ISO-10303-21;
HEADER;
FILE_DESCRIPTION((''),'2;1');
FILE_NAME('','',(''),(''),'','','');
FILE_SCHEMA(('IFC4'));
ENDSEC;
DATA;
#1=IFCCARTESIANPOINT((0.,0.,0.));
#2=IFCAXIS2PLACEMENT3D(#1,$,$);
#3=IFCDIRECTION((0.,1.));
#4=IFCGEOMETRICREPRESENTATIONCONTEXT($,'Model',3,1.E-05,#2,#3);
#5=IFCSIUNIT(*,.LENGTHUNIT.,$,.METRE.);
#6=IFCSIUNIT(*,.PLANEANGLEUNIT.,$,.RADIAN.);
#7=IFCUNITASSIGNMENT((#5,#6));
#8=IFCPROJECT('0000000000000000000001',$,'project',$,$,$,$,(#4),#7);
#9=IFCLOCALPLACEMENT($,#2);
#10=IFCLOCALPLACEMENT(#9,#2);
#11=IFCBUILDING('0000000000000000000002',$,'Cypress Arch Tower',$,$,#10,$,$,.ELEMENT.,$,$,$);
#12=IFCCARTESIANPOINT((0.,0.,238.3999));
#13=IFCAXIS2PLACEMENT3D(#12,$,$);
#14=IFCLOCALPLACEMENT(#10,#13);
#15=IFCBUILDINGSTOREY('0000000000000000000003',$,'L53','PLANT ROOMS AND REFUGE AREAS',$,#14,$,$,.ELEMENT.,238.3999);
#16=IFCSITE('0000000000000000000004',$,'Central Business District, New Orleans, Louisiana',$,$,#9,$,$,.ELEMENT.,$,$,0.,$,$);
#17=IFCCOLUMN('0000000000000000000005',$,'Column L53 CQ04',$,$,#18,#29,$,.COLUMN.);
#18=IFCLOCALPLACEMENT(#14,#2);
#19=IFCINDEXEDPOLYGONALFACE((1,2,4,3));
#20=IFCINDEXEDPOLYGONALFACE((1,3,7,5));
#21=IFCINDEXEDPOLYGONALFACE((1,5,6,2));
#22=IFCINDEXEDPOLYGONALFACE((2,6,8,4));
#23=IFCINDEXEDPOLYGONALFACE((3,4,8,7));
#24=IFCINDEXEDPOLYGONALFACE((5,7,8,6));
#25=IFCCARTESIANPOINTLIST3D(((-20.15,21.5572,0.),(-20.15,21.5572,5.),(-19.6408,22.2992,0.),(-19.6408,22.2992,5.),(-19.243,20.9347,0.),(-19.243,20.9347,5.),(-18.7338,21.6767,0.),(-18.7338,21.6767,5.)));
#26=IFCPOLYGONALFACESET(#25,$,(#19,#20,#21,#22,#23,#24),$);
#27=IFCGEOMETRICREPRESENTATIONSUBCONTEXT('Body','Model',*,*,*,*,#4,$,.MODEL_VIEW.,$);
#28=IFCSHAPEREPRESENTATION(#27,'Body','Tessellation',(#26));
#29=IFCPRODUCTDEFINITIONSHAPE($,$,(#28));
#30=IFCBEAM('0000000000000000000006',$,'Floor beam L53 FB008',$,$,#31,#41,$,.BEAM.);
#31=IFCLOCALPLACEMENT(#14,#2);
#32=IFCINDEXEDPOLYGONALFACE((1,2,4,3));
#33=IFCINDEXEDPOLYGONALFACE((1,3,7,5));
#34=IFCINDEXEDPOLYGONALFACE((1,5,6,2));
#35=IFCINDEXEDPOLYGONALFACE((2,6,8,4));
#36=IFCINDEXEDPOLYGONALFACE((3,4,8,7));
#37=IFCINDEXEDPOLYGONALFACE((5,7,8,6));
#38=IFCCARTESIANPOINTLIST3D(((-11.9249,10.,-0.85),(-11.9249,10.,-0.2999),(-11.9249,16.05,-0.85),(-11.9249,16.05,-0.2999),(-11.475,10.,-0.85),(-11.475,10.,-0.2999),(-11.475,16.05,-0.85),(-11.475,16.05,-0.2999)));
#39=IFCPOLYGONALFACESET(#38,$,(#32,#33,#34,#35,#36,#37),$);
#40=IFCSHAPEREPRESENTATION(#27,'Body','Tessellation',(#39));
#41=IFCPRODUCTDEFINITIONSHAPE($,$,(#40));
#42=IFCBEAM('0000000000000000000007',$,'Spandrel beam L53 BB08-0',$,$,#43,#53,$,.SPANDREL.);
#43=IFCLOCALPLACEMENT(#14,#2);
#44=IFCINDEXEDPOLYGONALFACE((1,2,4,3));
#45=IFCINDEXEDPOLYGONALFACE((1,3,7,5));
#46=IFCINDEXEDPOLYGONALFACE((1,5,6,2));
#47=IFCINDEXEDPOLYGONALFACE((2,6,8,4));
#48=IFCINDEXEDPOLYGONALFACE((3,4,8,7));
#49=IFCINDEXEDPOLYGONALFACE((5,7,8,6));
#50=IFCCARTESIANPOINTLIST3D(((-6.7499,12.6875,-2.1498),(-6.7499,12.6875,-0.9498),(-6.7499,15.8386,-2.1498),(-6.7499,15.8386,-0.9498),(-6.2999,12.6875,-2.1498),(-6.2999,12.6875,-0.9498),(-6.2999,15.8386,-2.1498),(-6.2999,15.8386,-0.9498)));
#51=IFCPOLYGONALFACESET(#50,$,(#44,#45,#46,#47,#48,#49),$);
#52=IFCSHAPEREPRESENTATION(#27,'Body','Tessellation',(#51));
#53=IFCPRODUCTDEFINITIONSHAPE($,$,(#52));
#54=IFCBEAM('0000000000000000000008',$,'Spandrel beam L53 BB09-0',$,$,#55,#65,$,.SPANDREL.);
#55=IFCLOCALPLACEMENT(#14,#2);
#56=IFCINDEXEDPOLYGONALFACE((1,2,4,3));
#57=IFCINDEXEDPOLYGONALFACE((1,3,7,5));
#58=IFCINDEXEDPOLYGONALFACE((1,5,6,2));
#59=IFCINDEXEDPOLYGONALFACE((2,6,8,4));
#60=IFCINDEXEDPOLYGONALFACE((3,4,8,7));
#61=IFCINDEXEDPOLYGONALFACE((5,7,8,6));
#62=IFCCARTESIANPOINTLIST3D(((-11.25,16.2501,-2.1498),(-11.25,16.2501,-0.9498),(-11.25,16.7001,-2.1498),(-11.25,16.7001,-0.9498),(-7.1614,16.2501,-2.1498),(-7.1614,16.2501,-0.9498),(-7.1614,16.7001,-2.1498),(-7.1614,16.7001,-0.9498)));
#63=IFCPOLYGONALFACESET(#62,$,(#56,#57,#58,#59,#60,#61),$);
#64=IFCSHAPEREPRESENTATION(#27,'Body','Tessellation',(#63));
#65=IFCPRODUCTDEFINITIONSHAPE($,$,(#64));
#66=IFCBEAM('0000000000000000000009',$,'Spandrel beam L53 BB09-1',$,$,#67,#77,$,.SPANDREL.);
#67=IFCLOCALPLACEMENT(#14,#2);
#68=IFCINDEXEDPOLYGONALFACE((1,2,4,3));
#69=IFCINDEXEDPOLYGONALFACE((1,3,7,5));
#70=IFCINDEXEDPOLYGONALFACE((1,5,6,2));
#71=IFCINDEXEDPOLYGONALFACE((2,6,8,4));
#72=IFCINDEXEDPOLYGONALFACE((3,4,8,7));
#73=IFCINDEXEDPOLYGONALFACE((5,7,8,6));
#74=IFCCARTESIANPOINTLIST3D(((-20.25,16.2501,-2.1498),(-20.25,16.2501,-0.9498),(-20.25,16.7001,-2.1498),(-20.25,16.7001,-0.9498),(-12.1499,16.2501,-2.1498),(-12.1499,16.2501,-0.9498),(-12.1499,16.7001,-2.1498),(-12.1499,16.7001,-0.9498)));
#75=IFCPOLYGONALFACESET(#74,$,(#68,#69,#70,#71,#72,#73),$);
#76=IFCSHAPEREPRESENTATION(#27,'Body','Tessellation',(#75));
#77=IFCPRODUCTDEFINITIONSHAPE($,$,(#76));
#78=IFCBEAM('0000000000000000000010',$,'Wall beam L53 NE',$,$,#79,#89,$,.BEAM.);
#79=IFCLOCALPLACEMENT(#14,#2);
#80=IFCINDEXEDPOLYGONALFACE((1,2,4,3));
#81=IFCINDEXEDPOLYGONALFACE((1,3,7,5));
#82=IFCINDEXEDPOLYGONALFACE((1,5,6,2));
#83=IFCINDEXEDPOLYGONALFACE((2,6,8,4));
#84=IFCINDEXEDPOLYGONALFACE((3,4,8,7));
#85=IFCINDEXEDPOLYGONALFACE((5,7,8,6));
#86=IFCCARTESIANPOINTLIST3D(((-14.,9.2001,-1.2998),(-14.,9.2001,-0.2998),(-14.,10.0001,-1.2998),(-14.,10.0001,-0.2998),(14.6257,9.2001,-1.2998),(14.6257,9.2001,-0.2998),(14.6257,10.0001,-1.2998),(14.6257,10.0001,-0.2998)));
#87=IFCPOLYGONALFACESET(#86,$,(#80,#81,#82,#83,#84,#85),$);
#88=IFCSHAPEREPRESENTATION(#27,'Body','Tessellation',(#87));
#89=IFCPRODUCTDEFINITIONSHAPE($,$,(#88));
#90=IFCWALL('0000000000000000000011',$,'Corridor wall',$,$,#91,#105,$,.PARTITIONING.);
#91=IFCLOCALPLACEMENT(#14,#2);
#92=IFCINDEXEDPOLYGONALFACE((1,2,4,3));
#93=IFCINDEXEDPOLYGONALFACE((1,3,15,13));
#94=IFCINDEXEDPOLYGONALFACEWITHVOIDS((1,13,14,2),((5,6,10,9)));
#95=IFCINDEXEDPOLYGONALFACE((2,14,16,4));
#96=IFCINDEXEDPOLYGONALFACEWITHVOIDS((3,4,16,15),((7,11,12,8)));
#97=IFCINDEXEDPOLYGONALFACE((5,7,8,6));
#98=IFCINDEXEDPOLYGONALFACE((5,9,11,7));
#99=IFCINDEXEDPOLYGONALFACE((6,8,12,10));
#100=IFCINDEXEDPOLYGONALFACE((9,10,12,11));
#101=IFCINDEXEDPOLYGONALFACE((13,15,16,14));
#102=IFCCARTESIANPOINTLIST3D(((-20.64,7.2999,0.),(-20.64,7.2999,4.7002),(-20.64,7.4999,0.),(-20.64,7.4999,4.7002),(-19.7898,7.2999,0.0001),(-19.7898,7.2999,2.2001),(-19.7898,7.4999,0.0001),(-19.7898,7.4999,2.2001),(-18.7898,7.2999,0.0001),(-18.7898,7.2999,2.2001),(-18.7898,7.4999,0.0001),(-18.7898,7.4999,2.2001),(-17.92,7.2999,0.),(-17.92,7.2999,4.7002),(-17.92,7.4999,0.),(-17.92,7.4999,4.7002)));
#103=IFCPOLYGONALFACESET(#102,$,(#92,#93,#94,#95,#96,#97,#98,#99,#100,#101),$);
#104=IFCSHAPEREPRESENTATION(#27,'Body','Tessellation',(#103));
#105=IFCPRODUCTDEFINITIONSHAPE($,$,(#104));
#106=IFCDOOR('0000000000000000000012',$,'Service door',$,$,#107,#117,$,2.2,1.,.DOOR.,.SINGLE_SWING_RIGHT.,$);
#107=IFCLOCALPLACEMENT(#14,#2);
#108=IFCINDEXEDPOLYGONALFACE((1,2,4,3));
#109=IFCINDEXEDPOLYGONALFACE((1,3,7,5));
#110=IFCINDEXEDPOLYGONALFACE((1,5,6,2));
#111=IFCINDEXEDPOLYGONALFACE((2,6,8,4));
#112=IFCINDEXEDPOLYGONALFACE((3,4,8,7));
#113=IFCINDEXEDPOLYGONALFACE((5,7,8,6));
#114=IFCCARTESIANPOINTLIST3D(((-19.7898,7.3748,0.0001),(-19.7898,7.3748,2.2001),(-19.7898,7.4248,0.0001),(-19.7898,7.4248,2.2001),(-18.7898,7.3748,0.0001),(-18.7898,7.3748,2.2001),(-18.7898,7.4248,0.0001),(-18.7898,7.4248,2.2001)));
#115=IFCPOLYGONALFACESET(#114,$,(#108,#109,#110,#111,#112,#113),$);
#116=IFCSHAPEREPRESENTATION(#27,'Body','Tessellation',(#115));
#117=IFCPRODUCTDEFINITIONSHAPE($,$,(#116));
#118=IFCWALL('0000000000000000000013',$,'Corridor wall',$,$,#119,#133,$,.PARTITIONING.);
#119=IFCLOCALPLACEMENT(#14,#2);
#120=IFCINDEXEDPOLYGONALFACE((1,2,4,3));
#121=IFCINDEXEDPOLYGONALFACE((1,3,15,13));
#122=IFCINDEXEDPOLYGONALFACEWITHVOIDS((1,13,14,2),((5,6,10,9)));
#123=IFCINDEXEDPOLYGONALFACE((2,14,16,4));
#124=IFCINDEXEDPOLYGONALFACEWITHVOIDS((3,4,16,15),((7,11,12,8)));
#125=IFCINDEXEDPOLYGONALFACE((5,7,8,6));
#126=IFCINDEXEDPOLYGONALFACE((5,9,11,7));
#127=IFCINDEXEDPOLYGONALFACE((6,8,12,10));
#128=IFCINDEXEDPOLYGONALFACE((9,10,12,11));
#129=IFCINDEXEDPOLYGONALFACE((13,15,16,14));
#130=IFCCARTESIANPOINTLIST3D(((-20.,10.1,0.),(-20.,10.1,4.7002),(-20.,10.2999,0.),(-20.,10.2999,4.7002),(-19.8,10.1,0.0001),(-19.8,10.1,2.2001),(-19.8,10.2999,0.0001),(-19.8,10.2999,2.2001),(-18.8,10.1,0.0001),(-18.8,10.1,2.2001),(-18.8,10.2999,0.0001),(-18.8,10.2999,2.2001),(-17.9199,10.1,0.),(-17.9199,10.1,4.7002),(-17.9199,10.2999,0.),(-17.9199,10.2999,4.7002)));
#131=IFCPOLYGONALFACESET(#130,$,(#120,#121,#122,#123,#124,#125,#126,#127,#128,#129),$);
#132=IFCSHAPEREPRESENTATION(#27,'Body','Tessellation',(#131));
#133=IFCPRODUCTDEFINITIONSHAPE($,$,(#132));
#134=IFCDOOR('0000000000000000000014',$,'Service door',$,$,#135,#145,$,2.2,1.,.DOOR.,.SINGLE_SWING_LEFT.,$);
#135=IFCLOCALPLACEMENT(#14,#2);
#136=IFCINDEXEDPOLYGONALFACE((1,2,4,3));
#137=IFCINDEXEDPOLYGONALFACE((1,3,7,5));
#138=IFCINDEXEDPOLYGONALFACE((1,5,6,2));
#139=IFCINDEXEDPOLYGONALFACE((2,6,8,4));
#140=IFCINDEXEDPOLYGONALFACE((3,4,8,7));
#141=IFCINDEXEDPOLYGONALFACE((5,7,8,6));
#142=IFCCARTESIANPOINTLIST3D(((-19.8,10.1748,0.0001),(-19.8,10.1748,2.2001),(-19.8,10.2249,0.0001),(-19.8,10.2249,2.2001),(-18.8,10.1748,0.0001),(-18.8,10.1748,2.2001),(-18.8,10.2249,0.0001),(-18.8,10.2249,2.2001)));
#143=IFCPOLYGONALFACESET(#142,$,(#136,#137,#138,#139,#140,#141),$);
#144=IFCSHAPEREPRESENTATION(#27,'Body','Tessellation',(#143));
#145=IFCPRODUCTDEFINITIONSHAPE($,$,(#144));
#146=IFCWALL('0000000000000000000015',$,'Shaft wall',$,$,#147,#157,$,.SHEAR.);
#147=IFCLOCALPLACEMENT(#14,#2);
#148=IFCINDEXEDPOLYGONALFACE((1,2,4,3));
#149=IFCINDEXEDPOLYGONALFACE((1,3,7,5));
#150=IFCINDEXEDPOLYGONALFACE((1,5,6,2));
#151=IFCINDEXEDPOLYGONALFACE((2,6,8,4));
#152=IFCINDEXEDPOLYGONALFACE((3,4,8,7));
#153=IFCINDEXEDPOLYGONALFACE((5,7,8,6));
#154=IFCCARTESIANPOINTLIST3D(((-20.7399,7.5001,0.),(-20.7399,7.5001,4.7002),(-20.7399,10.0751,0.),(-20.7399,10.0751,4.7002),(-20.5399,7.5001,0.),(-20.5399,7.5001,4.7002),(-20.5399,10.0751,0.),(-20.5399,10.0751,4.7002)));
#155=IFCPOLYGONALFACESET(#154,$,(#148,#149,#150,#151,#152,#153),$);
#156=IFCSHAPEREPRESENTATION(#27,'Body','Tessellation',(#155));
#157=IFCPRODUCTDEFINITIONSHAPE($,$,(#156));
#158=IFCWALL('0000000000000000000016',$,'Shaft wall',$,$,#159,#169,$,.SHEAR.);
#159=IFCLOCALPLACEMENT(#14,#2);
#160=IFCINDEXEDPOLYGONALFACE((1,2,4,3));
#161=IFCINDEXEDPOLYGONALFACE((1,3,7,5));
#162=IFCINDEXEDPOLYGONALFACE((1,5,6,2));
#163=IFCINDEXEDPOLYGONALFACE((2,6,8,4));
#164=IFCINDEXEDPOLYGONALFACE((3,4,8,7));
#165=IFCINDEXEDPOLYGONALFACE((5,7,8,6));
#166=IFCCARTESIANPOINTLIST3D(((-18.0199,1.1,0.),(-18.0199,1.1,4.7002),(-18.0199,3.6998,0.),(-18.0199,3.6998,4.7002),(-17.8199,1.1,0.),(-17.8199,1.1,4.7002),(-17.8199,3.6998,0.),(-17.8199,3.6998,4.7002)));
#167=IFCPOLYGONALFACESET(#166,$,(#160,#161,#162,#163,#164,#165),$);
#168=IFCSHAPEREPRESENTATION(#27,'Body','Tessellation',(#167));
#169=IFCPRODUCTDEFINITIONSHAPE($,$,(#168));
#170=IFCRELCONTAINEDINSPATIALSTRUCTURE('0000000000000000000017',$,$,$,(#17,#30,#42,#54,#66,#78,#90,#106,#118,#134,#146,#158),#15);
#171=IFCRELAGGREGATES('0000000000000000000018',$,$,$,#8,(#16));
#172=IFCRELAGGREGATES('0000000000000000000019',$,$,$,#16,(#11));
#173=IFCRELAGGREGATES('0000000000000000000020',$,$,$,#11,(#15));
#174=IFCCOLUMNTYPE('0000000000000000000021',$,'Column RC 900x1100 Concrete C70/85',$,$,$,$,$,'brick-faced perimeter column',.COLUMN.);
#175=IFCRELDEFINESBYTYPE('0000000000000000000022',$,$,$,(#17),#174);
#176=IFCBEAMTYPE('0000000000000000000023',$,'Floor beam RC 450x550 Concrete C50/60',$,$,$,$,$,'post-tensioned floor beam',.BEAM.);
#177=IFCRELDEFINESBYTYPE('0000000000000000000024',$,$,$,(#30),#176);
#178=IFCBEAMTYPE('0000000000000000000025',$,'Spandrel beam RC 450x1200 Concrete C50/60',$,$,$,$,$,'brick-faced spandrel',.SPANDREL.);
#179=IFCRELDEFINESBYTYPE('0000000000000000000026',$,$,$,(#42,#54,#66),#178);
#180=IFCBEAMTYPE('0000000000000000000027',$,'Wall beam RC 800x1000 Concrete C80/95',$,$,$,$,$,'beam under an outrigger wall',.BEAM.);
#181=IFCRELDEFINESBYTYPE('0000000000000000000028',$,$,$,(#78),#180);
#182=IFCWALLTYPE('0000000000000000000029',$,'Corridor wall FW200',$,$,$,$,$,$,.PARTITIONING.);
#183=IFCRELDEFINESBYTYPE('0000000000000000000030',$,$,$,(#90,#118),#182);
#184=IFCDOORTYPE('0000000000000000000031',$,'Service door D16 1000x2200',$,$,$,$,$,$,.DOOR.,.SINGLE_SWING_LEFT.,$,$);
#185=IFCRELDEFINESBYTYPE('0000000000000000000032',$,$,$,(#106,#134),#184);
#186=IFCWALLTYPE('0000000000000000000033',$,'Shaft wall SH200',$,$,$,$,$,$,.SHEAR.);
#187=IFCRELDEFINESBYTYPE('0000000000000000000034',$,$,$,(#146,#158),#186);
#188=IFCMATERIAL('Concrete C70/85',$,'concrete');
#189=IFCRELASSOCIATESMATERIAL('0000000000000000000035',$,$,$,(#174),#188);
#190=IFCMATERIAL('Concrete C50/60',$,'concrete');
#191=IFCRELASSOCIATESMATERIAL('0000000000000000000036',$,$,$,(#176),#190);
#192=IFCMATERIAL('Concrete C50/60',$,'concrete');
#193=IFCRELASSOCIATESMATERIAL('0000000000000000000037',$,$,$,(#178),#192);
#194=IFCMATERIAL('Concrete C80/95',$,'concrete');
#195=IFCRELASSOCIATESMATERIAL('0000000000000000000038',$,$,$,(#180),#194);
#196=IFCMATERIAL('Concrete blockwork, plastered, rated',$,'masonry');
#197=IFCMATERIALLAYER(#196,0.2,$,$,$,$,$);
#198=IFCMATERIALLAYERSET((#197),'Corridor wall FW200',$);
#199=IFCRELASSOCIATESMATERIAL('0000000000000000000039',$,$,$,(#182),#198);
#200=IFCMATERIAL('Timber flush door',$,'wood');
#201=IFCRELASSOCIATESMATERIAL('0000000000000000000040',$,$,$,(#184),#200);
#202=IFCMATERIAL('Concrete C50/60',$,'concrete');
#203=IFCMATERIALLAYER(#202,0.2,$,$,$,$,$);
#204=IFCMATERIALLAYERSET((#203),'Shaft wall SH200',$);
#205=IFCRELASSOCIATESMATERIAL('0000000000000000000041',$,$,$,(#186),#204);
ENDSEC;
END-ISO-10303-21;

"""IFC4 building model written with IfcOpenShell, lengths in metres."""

from ifc_helpers import new_model, si_unit, direction, frame, frame_2d, origin, origin_2d, place, context, subcontext, project, spatial, rectangle, extrude, material, layer, layer_set, material_profile, profile_set, type_object, element, fill, save


model = new_model("IFC4")

# Units and contexts
model_context = context("Model", 3, precision=1e-05, world=origin(), true_north=direction((0.0, 1.0)))
body_context = subcontext(model_context, "Body", "Model", "MODEL_VIEW")
ifc_project = project(units=[si_unit("LENGTHUNIT", "METRE"), si_unit("PLANEANGLEUNIT", "RADIAN")], contexts=[model_context])

# Site, building, storey
site_placement = place(None, origin())
site = spatial("IfcSite", under=ifc_project, at=site_placement, Name="Central Business District, New Orleans, Louisiana", CompositionType="ELEMENT", RefElevation=0.0)
building_placement = place(site_placement, origin())
building = spatial("IfcBuilding", under=site, at=building_placement, Name="Cypress Arch Tower", CompositionType="ELEMENT")
storey_placement = place(building_placement, frame((0.0, 0.0, 238.3999)))
storey = spatial("IfcBuildingStorey", under=building, at=storey_placement, Name="L53", Description="PLANT ROOMS AND REFUGE AREAS", CompositionType="ELEMENT", Elevation=238.3999)

# Column
ifc_material_1 = material(Name="Concrete C70/85", Category="concrete")
ifc_material_profile_1 = material_profile(ifc_material_1, rectangle(XDim=0.8999, YDim=1.1001, at=origin_2d()), Name="RC 900x1100")
ifc_profile_set_1 = profile_set([ifc_material_profile_1], Name="Concrete C70/85")
column_type = type_object("IfcColumnType", Name="Column RC 900x1100 Concrete C70/85", ElementType="brick-faced perimeter column", PredefinedType="COLUMN", material=ifc_profile_set_1)
column_placement = place(storey_placement, frame((-19.4419, 21.6169, 0.0), z_axis=(0.0, 0.0, 1.0), x_axis=(-0.565893, -0.824479, 0.0)))
element("IfcColumn", 1, at=column_placement, inside=storey, type_object=column_type, Name="Column L53 CQ04", PredefinedType="COLUMN", context=body_context, shape_type="SweptSolid", body=[
    extrude(rectangle(XDim=0.8999, YDim=1.1001, at=origin_2d()), origin(), (0.0, 0.0, 1.0), 5.0),
])

# Beams
ifc_material_2 = material(Name="Concrete C50/60", Category="concrete")
ifc_material_profile_2 = material_profile(ifc_material_2, rectangle(XDim=0.45, YDim=0.55, at=origin_2d()), Name="RC 450x550")
ifc_profile_set_2 = profile_set([ifc_material_profile_2], Name="Concrete C50/60")
beam_type_1 = type_object("IfcBeamType", Name="Floor beam RC 450x550 Concrete C50/60", ElementType="post-tensioned floor beam", PredefinedType="BEAM", material=ifc_profile_set_2)
beam_1_placement = place(storey_placement, frame((-11.7, 10.0, -0.575), z_axis=(0.0, 1.0, 0.0), x_axis=(-1.0, 0.0, 0.0)))
element("IfcBeam", 2, at=beam_1_placement, inside=storey, type_object=beam_type_1, Name="Floor beam L53 FB008", PredefinedType="BEAM", context=body_context, shape_type="SweptSolid", body=[
    extrude(rectangle(XDim=0.45, YDim=0.55, at=origin_2d()), origin(), (0.0, 0.0, 1.0), 6.05),
])
ifc_material_3 = material(Name="Concrete C50/60", Category="concrete")
ifc_material_profile_3 = material_profile(ifc_material_3, rectangle(XDim=0.45, YDim=1.2, at=origin_2d()), Name="RC 450x1200")
ifc_profile_set_3 = profile_set([ifc_material_profile_3], Name="Concrete C50/60")
beam_type_2 = type_object("IfcBeamType", Name="Spandrel beam RC 450x1200 Concrete C50/60", ElementType="brick-faced spandrel", PredefinedType="SPANDREL", material=ifc_profile_set_3)
beam_2_placement = place(storey_placement, frame((-6.5249, 12.6875, -1.5498), z_axis=(0.0, 1.0, 0.0), x_axis=(-1.0, 0.0, 0.0)))
element("IfcBeam", 3, at=beam_2_placement, inside=storey, type_object=beam_type_2, Name="Spandrel beam L53 BB08-0", PredefinedType="SPANDREL", context=body_context, shape_type="SweptSolid", body=[
    extrude(rectangle(XDim=0.45, YDim=1.2, at=origin_2d()), origin(), (0.0, 0.0, 1.0), 3.1511),
])
beam_3_placement = place(storey_placement, frame((-7.1614, 16.4751, -1.5498), z_axis=(-1.0, 0.0, 0.0), x_axis=(0.0, -1.0, 0.0)))
element("IfcBeam", 4, at=beam_3_placement, inside=storey, type_object=beam_type_2, Name="Spandrel beam L53 BB09-0", PredefinedType="SPANDREL", context=body_context, shape_type="SweptSolid", body=[
    extrude(rectangle(XDim=0.45, YDim=1.2, at=origin_2d()), origin(), (0.0, 0.0, 1.0), 4.0886),
])
beam_4_placement = place(storey_placement, frame((-12.1499, 16.4751, -1.5498), z_axis=(-1.0, 0.0, 0.0), x_axis=(0.0, -1.0, 0.0)))
element("IfcBeam", 5, at=beam_4_placement, inside=storey, type_object=beam_type_2, Name="Spandrel beam L53 BB09-1", PredefinedType="SPANDREL", context=body_context, shape_type="SweptSolid", body=[
    extrude(rectangle(XDim=0.45, YDim=1.2, at=origin_2d()), origin(), (0.0, 0.0, 1.0), 8.1001),
])
ifc_material_4 = material(Name="Concrete C80/95", Category="concrete")
ifc_material_profile_4 = material_profile(ifc_material_4, rectangle(XDim=0.8, YDim=1.0, at=origin_2d()), Name="RC 800x1000")
ifc_profile_set_4 = profile_set([ifc_material_profile_4], Name="Concrete C80/95")
beam_type_3 = type_object("IfcBeamType", Name="Wall beam RC 800x1000 Concrete C80/95", ElementType="beam under an outrigger wall", PredefinedType="BEAM", material=ifc_profile_set_4)
beam_5_placement = place(storey_placement, frame((-14.0, 9.6001, -0.7998), z_axis=(1.0, 0.0, 0.0), x_axis=(0.0, 1.0, 0.0)))
element("IfcBeam", 6, at=beam_5_placement, inside=storey, type_object=beam_type_3, Name="Wall beam L53 NE", PredefinedType="BEAM", context=body_context, shape_type="SweptSolid", body=[
    extrude(rectangle(XDim=0.8, YDim=1.0, at=origin_2d()), origin(), (0.0, 0.0, 1.0), 28.6257),
])

# Walls, openings, doors
ifc_material_5 = material(Name="Concrete blockwork, plastered, rated", Category="masonry")
ifc_layer_1 = layer(ifc_material_5, 0.2)
ifc_layer_set_1 = layer_set([ifc_layer_1], Name="Corridor wall FW200")
wall_type_1 = type_object("IfcWallType", Name="Corridor wall FW200", PredefinedType="PARTITIONING", material=ifc_layer_set_1)
wall_1_placement = place(storey_placement, frame((-20.6399, 7.3999, 0.0), z_axis=(0.0, 0.0, 1.0), x_axis=(1.0, 0.0, 0.0)))
wall_1 = element("IfcWall", 7, at=wall_1_placement, inside=storey, type_object=wall_type_1, Name="Corridor wall", PredefinedType="PARTITIONING", context=body_context, shape_type="SweptSolid", body=[
    extrude(rectangle(XDim=2.72, YDim=0.2, at=frame_2d((1.3599, 0.0))), origin(), (0.0, 0.0, 1.0), 4.7002),
])
opening_1_placement = place(wall_1_placement, frame((0.8501, 0.0, 0.0)))
opening_1 = element("IfcOpeningElement", 8, at=opening_1_placement, cuts=wall_1, PredefinedType="OPENING", context=body_context, shape_type="SweptSolid", body=[
    extrude(rectangle(XDim=1.0, YDim=2.2, at=frame_2d((0.5, 1.1001))), frame((0.0, 0.1099, 0.0), z_axis=(0.0, -1.0, 0.0), x_axis=(1.0, 0.0, 0.0)), (0.0, 0.0, 1.0), 0.22),
])
ifc_material_6 = material(Name="Timber flush door", Category="wood")
door_type_1 = type_object("IfcDoorType", Name="Service door D16 1000x2200", OperationType="SINGLE_SWING_LEFT", PredefinedType="DOOR", material=ifc_material_6)
door_1_placement = place(opening_1_placement, origin())
door_1 = element("IfcDoor", 9, at=door_1_placement, inside=storey, type_object=door_type_1, Name="Service door", OperationType="SINGLE_SWING_RIGHT", OverallHeight=2.2, OverallWidth=1.0, PredefinedType="DOOR", context=body_context, shape_type="SweptSolid", body=[
    extrude(rectangle(XDim=1.0, YDim=2.2, at=frame_2d((0.5, 1.1001))), frame((0.0, 0.0249, 0.0), z_axis=(0.0, -1.0, 0.0), x_axis=(1.0, 0.0, 0.0)), (0.0, 0.0, 1.0), 0.05),
])
fill(opening_1, door_1)
wall_2_placement = place(storey_placement, frame((-20.0, 10.2, 0.0), z_axis=(0.0, 0.0, 1.0), x_axis=(1.0, 0.0, 0.0)))
wall_2 = element("IfcWall", 10, at=wall_2_placement, inside=storey, type_object=wall_type_1, Name="Corridor wall", PredefinedType="PARTITIONING", context=body_context, shape_type="SweptSolid", body=[
    extrude(rectangle(XDim=2.0801, YDim=0.2, at=frame_2d((1.04, 0.0))), origin(), (0.0, 0.0, 1.0), 4.7002),
])
opening_2_placement = place(wall_2_placement, frame((0.2, 0.0, 0.0)))
opening_2 = element("IfcOpeningElement", 11, at=opening_2_placement, cuts=wall_2, PredefinedType="OPENING", context=body_context, shape_type="SweptSolid", body=[
    extrude(rectangle(XDim=1.0, YDim=2.2, at=frame_2d((0.5, 1.1001))), frame((0.0, 0.1099, 0.0), z_axis=(0.0, -1.0, 0.0), x_axis=(1.0, 0.0, 0.0)), (0.0, 0.0, 1.0), 0.22),
])
door_2_placement = place(opening_2_placement, origin())
door_2 = element("IfcDoor", 12, at=door_2_placement, inside=storey, type_object=door_type_1, Name="Service door", OperationType="SINGLE_SWING_LEFT", OverallHeight=2.2, OverallWidth=1.0, PredefinedType="DOOR", context=body_context, shape_type="SweptSolid", body=[
    extrude(rectangle(XDim=1.0, YDim=2.2, at=frame_2d((0.5, 1.1001))), frame((0.0, 0.0249, 0.0), z_axis=(0.0, -1.0, 0.0), x_axis=(1.0, 0.0, 0.0)), (0.0, 0.0, 1.0), 0.05),
])
fill(opening_2, door_2)

# Walls
ifc_material_7 = material(Name="Concrete C50/60", Category="concrete")
ifc_layer_2 = layer(ifc_material_7, 0.2)
ifc_layer_set_2 = layer_set([ifc_layer_2], Name="Shaft wall SH200")
wall_type_2 = type_object("IfcWallType", Name="Shaft wall SH200", PredefinedType="SHEAR", material=ifc_layer_set_2)
wall_3_placement = place(storey_placement, frame((-20.6399, 7.5, 0.0), z_axis=(0.0, 0.0, 1.0), x_axis=(0.0, 1.0, 0.0)))
element("IfcWall", 13, at=wall_3_placement, inside=storey, type_object=wall_type_2, Name="Shaft wall", PredefinedType="SHEAR", context=body_context, shape_type="SweptSolid", body=[
    extrude(rectangle(XDim=2.575, YDim=0.2, at=frame_2d((1.2876, 0.0))), origin(), (0.0, 0.0, 1.0), 4.7002),
])
wall_4_placement = place(storey_placement, frame((-17.9199, 1.1001, 0.0), z_axis=(0.0, 0.0, 1.0), x_axis=(0.0, 1.0, 0.0)))
element("IfcWall", 14, at=wall_4_placement, inside=storey, type_object=wall_type_2, Name="Shaft wall", PredefinedType="SHEAR", context=body_context, shape_type="SweptSolid", body=[
    extrude(rectangle(XDim=2.5999, YDim=0.2, at=frame_2d((1.2998, 0.0))), origin(), (0.0, 0.0, 1.0), 4.7002),
])

save(model, "model.ifc")
